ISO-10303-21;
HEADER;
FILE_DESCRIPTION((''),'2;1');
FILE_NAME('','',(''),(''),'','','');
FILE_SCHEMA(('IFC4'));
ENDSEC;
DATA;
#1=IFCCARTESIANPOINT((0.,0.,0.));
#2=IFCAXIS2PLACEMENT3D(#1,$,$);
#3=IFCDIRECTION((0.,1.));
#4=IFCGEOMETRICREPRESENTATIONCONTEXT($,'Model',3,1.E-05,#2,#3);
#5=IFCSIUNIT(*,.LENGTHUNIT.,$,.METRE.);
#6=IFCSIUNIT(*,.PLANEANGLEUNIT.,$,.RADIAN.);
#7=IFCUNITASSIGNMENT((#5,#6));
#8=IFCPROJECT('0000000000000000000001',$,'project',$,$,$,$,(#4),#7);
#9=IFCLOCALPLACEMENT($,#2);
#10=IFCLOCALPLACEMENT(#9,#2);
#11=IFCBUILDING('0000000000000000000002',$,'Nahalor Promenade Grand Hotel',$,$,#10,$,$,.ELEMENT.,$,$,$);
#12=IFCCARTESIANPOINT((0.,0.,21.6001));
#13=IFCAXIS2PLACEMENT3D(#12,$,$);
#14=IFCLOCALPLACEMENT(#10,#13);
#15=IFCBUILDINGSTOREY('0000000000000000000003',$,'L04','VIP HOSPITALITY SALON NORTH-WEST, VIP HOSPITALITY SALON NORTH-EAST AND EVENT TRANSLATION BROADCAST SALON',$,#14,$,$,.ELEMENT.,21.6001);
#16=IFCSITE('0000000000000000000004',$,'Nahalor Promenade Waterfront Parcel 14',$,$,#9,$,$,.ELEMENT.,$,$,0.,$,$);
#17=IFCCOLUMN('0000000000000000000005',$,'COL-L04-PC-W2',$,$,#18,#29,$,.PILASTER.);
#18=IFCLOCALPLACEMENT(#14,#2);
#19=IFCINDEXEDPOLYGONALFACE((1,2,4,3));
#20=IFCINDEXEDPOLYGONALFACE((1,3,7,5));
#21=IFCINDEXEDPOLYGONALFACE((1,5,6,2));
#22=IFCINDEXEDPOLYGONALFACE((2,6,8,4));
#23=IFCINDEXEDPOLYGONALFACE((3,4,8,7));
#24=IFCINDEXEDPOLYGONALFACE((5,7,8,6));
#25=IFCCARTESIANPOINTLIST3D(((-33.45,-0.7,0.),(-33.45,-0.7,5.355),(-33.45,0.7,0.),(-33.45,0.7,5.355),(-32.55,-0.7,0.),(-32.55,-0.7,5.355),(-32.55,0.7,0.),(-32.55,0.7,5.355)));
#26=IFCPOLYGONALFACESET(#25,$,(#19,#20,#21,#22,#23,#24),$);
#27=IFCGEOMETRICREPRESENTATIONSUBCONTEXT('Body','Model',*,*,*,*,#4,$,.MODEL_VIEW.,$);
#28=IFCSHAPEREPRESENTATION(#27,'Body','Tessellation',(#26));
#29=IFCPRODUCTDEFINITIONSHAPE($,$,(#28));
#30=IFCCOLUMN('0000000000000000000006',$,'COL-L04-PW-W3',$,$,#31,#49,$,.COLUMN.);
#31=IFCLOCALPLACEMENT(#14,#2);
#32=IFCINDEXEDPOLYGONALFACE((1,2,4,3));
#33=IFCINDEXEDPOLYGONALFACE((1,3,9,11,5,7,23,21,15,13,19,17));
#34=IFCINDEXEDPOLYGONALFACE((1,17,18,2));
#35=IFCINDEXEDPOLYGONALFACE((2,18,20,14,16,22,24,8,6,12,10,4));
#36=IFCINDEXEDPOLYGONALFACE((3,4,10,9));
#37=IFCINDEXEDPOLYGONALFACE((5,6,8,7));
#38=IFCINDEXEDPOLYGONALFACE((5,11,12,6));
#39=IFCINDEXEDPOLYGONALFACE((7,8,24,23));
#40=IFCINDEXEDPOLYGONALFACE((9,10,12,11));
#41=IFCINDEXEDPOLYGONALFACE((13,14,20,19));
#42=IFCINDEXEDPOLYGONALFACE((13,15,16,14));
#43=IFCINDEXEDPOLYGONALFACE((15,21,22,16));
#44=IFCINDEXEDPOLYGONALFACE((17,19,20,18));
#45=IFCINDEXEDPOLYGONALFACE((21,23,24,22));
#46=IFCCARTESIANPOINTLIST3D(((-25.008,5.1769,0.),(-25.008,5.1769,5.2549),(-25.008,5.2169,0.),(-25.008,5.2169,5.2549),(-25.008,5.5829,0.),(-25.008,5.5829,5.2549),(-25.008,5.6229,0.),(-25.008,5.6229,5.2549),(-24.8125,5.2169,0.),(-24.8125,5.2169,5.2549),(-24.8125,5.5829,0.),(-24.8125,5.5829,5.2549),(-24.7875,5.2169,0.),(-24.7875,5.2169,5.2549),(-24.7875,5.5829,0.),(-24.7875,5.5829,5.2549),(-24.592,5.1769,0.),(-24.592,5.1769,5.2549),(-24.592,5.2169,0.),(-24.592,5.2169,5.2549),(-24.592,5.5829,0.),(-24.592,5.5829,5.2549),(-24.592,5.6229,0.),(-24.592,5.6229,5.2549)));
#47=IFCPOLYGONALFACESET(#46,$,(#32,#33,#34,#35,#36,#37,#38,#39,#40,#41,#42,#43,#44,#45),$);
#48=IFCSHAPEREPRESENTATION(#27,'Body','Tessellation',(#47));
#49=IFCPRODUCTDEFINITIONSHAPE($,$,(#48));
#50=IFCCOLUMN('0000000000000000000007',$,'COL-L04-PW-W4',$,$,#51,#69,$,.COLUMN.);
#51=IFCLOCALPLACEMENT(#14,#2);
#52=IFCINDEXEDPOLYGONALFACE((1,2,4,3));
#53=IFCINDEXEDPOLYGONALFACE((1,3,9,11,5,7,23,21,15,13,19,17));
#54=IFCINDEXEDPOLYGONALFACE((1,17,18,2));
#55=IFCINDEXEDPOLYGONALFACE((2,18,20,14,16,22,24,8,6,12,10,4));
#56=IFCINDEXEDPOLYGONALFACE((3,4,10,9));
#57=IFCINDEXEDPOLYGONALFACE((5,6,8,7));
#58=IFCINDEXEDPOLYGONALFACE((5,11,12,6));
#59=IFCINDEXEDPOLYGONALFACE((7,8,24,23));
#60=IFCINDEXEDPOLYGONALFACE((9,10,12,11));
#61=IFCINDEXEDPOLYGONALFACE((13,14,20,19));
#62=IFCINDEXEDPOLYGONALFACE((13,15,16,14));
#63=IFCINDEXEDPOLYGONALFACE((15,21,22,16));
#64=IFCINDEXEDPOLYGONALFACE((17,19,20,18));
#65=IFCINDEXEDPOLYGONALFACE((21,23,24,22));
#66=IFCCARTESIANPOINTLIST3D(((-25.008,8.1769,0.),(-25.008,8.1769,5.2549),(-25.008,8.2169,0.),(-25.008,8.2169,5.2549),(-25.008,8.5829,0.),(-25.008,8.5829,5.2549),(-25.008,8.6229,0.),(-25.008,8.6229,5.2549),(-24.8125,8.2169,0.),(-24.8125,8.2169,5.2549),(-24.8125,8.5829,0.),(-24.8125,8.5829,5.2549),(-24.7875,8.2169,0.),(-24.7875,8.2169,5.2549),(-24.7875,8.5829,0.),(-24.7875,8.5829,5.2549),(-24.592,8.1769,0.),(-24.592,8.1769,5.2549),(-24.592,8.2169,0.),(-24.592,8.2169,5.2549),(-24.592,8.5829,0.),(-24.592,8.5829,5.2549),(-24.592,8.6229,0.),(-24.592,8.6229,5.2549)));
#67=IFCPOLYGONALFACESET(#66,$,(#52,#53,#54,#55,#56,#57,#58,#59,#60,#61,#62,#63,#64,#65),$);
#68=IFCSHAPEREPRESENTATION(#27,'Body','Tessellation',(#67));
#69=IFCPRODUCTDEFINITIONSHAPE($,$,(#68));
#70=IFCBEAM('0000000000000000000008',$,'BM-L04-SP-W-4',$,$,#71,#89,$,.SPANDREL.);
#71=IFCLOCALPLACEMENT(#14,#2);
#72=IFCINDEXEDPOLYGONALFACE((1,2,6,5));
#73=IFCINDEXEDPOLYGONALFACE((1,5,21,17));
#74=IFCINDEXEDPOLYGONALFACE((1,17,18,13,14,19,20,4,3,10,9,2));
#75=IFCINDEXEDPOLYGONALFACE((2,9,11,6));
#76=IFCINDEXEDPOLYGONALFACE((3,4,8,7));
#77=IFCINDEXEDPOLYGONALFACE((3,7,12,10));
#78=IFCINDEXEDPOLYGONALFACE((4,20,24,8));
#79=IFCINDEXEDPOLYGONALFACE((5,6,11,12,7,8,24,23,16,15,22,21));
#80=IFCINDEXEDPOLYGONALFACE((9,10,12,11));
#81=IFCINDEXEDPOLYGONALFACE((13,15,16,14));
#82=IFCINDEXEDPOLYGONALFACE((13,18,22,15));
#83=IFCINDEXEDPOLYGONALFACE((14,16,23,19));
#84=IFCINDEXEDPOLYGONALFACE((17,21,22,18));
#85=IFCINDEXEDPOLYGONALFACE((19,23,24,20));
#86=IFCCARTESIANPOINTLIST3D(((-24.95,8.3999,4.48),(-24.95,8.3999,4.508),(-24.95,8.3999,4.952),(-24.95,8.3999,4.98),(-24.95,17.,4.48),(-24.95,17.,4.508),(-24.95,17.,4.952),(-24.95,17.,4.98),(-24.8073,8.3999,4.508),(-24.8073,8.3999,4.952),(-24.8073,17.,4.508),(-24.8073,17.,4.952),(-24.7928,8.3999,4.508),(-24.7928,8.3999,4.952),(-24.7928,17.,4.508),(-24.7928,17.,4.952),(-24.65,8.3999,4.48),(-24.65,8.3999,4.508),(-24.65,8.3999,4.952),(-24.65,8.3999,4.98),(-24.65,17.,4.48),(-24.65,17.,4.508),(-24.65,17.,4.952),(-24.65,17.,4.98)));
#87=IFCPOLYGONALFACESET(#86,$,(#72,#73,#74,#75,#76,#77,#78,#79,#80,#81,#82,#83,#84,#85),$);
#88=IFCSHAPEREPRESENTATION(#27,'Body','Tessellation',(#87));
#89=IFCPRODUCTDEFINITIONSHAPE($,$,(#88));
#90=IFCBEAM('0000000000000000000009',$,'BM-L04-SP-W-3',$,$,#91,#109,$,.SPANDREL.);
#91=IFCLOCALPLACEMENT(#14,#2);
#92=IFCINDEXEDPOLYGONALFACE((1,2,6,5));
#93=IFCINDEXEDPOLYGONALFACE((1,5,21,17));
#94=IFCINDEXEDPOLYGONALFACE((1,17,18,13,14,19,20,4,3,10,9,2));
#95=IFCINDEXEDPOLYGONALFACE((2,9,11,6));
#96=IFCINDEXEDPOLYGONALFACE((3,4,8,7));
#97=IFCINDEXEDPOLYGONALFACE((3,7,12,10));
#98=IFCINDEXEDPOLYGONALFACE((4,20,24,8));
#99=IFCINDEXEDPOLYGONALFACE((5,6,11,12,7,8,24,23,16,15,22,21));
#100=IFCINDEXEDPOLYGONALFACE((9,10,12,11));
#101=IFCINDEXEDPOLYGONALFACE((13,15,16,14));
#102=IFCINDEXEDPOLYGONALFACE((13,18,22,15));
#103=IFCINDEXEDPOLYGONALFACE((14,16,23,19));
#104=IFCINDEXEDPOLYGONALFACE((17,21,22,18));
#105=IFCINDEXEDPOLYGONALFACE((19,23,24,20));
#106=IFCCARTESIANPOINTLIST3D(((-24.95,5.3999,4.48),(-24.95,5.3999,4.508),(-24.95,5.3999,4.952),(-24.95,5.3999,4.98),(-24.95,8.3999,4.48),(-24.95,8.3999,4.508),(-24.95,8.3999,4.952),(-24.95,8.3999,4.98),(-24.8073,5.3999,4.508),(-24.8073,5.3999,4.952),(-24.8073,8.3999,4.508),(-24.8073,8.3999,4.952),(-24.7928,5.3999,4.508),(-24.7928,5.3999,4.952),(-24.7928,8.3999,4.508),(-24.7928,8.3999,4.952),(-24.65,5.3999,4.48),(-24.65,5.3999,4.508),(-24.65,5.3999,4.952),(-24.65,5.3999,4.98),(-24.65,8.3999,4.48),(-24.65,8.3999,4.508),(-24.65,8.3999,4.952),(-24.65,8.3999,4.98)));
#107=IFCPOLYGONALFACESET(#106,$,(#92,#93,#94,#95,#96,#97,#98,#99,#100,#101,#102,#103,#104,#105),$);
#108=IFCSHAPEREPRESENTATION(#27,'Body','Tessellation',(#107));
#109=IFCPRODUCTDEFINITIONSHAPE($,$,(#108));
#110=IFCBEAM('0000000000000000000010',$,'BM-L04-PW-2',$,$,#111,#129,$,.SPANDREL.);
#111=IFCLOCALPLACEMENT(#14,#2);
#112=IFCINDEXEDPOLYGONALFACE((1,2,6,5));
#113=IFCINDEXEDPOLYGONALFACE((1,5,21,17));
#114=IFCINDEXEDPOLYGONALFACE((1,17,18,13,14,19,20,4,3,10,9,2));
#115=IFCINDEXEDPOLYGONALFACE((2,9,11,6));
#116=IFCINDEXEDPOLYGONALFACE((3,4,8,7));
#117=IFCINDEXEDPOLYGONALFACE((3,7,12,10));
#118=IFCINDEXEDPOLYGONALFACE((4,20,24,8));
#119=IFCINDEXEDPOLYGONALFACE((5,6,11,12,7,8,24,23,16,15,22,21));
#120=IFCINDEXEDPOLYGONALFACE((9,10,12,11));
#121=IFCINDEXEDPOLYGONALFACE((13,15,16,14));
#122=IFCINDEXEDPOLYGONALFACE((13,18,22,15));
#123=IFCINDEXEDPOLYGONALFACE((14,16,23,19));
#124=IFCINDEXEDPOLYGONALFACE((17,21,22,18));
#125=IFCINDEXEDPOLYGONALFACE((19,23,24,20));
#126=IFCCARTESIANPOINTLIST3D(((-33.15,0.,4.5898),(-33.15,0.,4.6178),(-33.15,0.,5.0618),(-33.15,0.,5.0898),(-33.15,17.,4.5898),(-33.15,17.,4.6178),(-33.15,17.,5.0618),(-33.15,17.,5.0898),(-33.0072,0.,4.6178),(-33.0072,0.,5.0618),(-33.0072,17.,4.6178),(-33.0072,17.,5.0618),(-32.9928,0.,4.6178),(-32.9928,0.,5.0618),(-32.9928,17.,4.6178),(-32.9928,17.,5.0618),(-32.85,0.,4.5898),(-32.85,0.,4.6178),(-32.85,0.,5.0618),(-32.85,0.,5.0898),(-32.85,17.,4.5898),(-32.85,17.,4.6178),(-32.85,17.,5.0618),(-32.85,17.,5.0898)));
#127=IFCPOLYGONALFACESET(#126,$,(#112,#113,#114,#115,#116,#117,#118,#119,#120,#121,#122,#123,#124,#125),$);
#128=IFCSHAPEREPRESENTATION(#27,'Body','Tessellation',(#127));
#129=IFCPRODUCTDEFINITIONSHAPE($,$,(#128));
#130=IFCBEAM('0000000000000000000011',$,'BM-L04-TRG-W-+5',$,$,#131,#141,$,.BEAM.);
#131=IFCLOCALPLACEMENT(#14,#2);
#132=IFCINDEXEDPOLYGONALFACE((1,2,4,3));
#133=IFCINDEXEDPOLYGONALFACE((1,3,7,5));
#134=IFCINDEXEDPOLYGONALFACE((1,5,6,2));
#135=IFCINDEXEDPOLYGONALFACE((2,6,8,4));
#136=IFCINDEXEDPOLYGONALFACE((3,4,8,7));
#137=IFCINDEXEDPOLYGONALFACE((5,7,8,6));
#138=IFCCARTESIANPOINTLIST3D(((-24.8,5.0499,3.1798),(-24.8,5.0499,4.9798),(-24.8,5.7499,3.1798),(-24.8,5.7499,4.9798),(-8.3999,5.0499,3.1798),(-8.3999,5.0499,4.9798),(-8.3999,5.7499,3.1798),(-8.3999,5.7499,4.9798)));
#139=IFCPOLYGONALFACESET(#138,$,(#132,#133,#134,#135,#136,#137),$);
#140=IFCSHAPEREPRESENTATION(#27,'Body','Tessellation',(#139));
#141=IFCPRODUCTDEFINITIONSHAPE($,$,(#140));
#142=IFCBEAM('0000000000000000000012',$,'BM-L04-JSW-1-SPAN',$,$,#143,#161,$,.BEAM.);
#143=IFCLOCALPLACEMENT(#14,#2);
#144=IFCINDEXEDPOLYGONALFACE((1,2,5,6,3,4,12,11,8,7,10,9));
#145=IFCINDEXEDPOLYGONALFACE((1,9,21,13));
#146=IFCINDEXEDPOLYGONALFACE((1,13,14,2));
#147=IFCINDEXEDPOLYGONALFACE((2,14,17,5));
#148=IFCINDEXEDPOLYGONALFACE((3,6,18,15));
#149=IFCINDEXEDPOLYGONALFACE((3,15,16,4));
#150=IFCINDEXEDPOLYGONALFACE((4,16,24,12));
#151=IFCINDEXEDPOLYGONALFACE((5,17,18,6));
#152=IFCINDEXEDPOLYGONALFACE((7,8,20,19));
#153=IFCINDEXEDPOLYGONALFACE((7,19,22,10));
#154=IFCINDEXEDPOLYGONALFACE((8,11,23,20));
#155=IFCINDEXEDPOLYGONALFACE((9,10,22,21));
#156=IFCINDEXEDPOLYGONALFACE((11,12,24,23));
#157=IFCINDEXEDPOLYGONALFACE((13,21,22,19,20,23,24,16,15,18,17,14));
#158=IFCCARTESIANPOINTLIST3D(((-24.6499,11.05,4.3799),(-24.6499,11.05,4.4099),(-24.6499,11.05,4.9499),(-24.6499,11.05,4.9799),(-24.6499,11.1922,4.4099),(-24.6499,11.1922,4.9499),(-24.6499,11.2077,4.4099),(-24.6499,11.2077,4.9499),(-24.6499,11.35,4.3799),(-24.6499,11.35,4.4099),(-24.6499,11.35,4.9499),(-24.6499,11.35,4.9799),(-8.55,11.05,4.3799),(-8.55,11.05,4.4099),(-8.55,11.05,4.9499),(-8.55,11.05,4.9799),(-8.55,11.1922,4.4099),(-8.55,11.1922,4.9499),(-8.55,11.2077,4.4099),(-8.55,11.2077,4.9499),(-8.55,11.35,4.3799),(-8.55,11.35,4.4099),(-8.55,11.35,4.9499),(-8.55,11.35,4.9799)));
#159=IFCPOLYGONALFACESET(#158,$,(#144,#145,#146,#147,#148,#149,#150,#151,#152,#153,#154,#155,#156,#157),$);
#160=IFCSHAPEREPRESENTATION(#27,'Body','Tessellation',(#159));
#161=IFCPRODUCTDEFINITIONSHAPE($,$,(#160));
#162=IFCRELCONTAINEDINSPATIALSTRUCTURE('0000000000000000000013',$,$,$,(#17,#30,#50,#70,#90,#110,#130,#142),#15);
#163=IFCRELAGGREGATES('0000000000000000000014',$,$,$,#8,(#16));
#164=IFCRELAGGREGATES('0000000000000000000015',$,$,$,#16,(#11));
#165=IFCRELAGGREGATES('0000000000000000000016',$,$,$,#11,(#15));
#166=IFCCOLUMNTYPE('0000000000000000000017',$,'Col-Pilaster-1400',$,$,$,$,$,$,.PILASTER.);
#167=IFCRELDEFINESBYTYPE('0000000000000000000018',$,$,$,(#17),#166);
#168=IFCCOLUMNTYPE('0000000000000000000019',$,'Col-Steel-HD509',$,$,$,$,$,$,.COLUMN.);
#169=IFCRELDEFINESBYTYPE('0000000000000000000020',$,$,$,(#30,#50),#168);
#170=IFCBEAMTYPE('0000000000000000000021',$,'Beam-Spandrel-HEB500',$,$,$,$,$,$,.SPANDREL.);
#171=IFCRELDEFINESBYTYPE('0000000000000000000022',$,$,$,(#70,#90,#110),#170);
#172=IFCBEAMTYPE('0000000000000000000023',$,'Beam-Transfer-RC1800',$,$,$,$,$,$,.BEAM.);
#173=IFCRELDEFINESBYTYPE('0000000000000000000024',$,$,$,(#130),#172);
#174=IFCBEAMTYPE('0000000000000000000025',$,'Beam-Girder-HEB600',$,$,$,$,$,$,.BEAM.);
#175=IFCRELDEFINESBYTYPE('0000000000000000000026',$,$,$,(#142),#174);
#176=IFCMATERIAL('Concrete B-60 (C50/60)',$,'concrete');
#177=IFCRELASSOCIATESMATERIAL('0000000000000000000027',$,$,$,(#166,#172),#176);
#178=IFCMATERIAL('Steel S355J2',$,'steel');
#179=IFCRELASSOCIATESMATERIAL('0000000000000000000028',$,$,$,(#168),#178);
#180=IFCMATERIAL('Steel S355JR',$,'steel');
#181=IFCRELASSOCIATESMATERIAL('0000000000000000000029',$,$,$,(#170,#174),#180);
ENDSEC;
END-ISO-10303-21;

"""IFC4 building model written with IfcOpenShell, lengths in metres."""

from ifc_helpers import new_model, si_unit, direction, frame, origin, origin_2d, place, context, subcontext, project, spatial, rectangle, i_section, extrude, source, transform, mapped, material, material_profile, profile_set, type_object, element, save


model = new_model("IFC4")

# Units and contexts
model_context = context("Model", 3, precision=1e-05, world=origin(), true_north=direction((0.0, 1.0)))
body_context = subcontext(model_context, "Body", "Model", "MODEL_VIEW")
ifc_project = project(units=[si_unit("LENGTHUNIT", "METRE"), si_unit("PLANEANGLEUNIT", "RADIAN")], contexts=[model_context])

# Site, building, storey
site_placement = place(None, origin())
site = spatial("IfcSite", under=ifc_project, at=site_placement, Name="Nahalor Promenade Waterfront Parcel 14", CompositionType="ELEMENT", RefElevation=0.0)
building_placement = place(site_placement, origin())
building = spatial("IfcBuilding", under=site, at=building_placement, Name="Nahalor Promenade Grand Hotel", CompositionType="ELEMENT")
storey_placement = place(building_placement, frame((0.0, 0.0, 21.6001)))
storey = spatial("IfcBuildingStorey", under=building, at=storey_placement, Name="L04", Description="VIP HOSPITALITY SALON NORTH-WEST, VIP HOSPITALITY SALON NORTH-EAST AND EVENT TRANSLATION BROADCAST SALON", CompositionType="ELEMENT", Elevation=21.6001)

# Columns
ifc_material_1 = material(Name="Concrete B-60 (C50/60)", Category="concrete")
ifc_material_profile_1 = material_profile(ifc_material_1, rectangle(XDim=0.9, YDim=1.4, at=origin_2d()), Name="RC 900x1400")
ifc_profile_set_1 = profile_set([ifc_material_profile_1], Name="Concrete B-60 (C50/60)")
column_type_1 = type_object("IfcColumnType", Name="Col-Pilaster-1400", PredefinedType="PILASTER", material=ifc_profile_set_1)
shared_shape_1 = source(origin(), body_context, "Body", "SweptSolid", [
    extrude(rectangle(XDim=0.9, YDim=1.4, at=origin_2d()), origin(), (0.0, 0.0, 1.0), 5.355),
])
column_placement = place(storey_placement, frame((-33.0, 0.0, 0.0), z_axis=(0.0, 0.0, 1.0), x_axis=(1.0, 0.0, 0.0)))
element("IfcColumn", 1, at=column_placement, inside=storey, type_object=column_type_1, Name="COL-L04-PC-W2", PredefinedType="PILASTER", context=body_context, shape_type="MappedRepresentation", body=[
    mapped(shared_shape_1, transform((0.0, 0.0, 0.0), scale=1.0)),
])
ifc_material_2 = material(Name="Steel S355J2", Category="steel")
ifc_material_profile_2 = material_profile(ifc_material_2, i_section(OverallWidth=0.416, OverallDepth=0.446, WebThickness=0.025, FlangeThickness=0.04, at=origin_2d()), Name="HD 400x509")
ifc_profile_set_2 = profile_set([ifc_material_profile_2], Name="Steel S355J2")
column_type_2 = type_object("IfcColumnType", Name="Col-Steel-HD509", PredefinedType="COLUMN", material=ifc_profile_set_2)
shared_shape_2 = source(origin(), body_context, "Body", "SweptSolid", [
    extrude(i_section(OverallWidth=0.416, OverallDepth=0.446, WebThickness=0.025, FlangeThickness=0.04, at=origin_2d()), origin(), (0.0, 0.0, 1.0), 5.2549),
])
for number, where, z_axis, x_axis, name in (
    (2, (-24.8, 5.3999, 0.0), (0.0, 0.0, 1.0), (1.0, 0.0, 0.0), "COL-L04-PW-W3"),
    (3, (-24.8, 8.3999, 0.0), (0.0, 0.0, 1.0), (1.0, 0.0, 0.0), "COL-L04-PW-W4"),
):
    element("IfcColumn", number, at=place(storey_placement, frame(where, z_axis=z_axis, x_axis=x_axis)), inside=storey, type_object=column_type_2, Name=name, PredefinedType="COLUMN", context=body_context, shape_type="MappedRepresentation", body=[
        mapped(shared_shape_2, transform((0.0, 0.0, 0.0), scale=1.0)),
    ])

# Beams
ifc_material_3 = material(Name="Steel S355JR", Category="steel")
ifc_material_profile_3 = material_profile(ifc_material_3, i_section(OverallWidth=0.3, OverallDepth=0.5, WebThickness=0.0145, FlangeThickness=0.028, at=origin_2d()), Name="HEB 500")
ifc_profile_set_3 = profile_set([ifc_material_profile_3], Name="Steel S355JR")
beam_type_1 = type_object("IfcBeamType", Name="Beam-Spandrel-HEB500", PredefinedType="SPANDREL", material=ifc_profile_set_3)
shared_shape_3 = source(origin(), body_context, "Body", "SweptSolid", [
    extrude(i_section(OverallWidth=0.3, OverallDepth=0.5, WebThickness=0.0145, FlangeThickness=0.028, at=origin_2d()), origin(), (0.0, 0.0, 1.0), 8.6001),
])
beam_1_placement = place(storey_placement, frame((-24.8, 8.3999, 4.73), z_axis=(0.0, 1.0, 0.0), x_axis=(-1.0, 0.0, 0.0)))
element("IfcBeam", 4, at=beam_1_placement, inside=storey, type_object=beam_type_1, Name="BM-L04-SP-W-4", PredefinedType="SPANDREL", context=body_context, shape_type="MappedRepresentation", body=[
    mapped(shared_shape_3, transform((0.0, 0.0, 0.0), scale=1.0)),
])
shared_shape_4 = source(origin(), body_context, "Body", "SweptSolid", [
    extrude(i_section(OverallWidth=0.3, OverallDepth=0.5, WebThickness=0.0145, FlangeThickness=0.028, at=origin_2d()), origin(), (0.0, 0.0, 1.0), 3.0),
])
beam_2_placement = place(storey_placement, frame((-24.8, 5.3999, 4.73), z_axis=(0.0, 1.0, 0.0), x_axis=(-1.0, 0.0, 0.0)))
element("IfcBeam", 5, at=beam_2_placement, inside=storey, type_object=beam_type_1, Name="BM-L04-SP-W-3", PredefinedType="SPANDREL", context=body_context, shape_type="MappedRepresentation", body=[
    mapped(shared_shape_4, transform((0.0, 0.0, 0.0), scale=1.0)),
])
shared_shape_5 = source(origin(), body_context, "Body", "SweptSolid", [
    extrude(i_section(OverallWidth=0.3, OverallDepth=0.5, WebThickness=0.0145, FlangeThickness=0.028, at=origin_2d()), origin(), (0.0, 0.0, 1.0), 17.0),
])
beam_3_placement = place(storey_placement, frame((-33.0, 0.0, 4.8398), z_axis=(0.0, 1.0, 0.0), x_axis=(-1.0, 0.0, 0.0)))
element("IfcBeam", 6, at=beam_3_placement, inside=storey, type_object=beam_type_1, Name="BM-L04-PW-2", PredefinedType="SPANDREL", context=body_context, shape_type="MappedRepresentation", body=[
    mapped(shared_shape_5, transform((0.0, 0.0, 0.0), scale=1.0)),
])
ifc_material_profile_4 = material_profile(ifc_material_1, rectangle(XDim=0.7, YDim=1.8, at=origin_2d()), Name="RC 700x1800")
ifc_profile_set_4 = profile_set([ifc_material_profile_4], Name="Concrete B-60 (C50/60)")
beam_type_2 = type_object("IfcBeamType", Name="Beam-Transfer-RC1800", PredefinedType="BEAM", material=ifc_profile_set_4)
shared_shape_6 = source(origin(), body_context, "Body", "SweptSolid", [
    extrude(rectangle(XDim=0.7, YDim=1.8, at=origin_2d()), origin(), (0.0, 0.0, 1.0), 16.4001),
])
beam_4_placement = place(storey_placement, frame((-24.8, 5.3999, 4.0798), z_axis=(1.0, 0.0, 0.0), x_axis=(0.0, 1.0, 0.0)))
element("IfcBeam", 7, at=beam_4_placement, inside=storey, type_object=beam_type_2, Name="BM-L04-TRG-W-+5", PredefinedType="BEAM", context=body_context, shape_type="MappedRepresentation", body=[
    mapped(shared_shape_6, transform((0.0, 0.0, 0.0), scale=1.0)),
])
ifc_material_profile_5 = material_profile(ifc_material_3, i_section(OverallWidth=0.3, OverallDepth=0.6, WebThickness=0.0155, FlangeThickness=0.03, at=origin_2d()), Name="HEB 600")
ifc_profile_set_5 = profile_set([ifc_material_profile_5], Name="Steel S355JR")
beam_type_3 = type_object("IfcBeamType", Name="Beam-Girder-HEB600", PredefinedType="BEAM", material=ifc_profile_set_5)
shared_shape_7 = source(origin(), body_context, "Body", "SweptSolid", [
    extrude(i_section(OverallWidth=0.3, OverallDepth=0.6, WebThickness=0.0155, FlangeThickness=0.03, at=origin_2d()), origin(), (0.0, 0.0, 1.0), 16.0999),
])
beam_5_placement = place(storey_placement, frame((-24.6499, 11.2, 4.6799), z_axis=(1.0, 0.0, 0.0), x_axis=(0.0, 1.0, 0.0)))
element("IfcBeam", 8, at=beam_5_placement, inside=storey, type_object=beam_type_3, Name="BM-L04-JSW-1-SPAN", PredefinedType="BEAM", context=body_context, shape_type="MappedRepresentation", body=[
    mapped(shared_shape_7, transform((0.0, 0.0, 0.0), scale=1.0)),
])

save(model, "model.ifc")
